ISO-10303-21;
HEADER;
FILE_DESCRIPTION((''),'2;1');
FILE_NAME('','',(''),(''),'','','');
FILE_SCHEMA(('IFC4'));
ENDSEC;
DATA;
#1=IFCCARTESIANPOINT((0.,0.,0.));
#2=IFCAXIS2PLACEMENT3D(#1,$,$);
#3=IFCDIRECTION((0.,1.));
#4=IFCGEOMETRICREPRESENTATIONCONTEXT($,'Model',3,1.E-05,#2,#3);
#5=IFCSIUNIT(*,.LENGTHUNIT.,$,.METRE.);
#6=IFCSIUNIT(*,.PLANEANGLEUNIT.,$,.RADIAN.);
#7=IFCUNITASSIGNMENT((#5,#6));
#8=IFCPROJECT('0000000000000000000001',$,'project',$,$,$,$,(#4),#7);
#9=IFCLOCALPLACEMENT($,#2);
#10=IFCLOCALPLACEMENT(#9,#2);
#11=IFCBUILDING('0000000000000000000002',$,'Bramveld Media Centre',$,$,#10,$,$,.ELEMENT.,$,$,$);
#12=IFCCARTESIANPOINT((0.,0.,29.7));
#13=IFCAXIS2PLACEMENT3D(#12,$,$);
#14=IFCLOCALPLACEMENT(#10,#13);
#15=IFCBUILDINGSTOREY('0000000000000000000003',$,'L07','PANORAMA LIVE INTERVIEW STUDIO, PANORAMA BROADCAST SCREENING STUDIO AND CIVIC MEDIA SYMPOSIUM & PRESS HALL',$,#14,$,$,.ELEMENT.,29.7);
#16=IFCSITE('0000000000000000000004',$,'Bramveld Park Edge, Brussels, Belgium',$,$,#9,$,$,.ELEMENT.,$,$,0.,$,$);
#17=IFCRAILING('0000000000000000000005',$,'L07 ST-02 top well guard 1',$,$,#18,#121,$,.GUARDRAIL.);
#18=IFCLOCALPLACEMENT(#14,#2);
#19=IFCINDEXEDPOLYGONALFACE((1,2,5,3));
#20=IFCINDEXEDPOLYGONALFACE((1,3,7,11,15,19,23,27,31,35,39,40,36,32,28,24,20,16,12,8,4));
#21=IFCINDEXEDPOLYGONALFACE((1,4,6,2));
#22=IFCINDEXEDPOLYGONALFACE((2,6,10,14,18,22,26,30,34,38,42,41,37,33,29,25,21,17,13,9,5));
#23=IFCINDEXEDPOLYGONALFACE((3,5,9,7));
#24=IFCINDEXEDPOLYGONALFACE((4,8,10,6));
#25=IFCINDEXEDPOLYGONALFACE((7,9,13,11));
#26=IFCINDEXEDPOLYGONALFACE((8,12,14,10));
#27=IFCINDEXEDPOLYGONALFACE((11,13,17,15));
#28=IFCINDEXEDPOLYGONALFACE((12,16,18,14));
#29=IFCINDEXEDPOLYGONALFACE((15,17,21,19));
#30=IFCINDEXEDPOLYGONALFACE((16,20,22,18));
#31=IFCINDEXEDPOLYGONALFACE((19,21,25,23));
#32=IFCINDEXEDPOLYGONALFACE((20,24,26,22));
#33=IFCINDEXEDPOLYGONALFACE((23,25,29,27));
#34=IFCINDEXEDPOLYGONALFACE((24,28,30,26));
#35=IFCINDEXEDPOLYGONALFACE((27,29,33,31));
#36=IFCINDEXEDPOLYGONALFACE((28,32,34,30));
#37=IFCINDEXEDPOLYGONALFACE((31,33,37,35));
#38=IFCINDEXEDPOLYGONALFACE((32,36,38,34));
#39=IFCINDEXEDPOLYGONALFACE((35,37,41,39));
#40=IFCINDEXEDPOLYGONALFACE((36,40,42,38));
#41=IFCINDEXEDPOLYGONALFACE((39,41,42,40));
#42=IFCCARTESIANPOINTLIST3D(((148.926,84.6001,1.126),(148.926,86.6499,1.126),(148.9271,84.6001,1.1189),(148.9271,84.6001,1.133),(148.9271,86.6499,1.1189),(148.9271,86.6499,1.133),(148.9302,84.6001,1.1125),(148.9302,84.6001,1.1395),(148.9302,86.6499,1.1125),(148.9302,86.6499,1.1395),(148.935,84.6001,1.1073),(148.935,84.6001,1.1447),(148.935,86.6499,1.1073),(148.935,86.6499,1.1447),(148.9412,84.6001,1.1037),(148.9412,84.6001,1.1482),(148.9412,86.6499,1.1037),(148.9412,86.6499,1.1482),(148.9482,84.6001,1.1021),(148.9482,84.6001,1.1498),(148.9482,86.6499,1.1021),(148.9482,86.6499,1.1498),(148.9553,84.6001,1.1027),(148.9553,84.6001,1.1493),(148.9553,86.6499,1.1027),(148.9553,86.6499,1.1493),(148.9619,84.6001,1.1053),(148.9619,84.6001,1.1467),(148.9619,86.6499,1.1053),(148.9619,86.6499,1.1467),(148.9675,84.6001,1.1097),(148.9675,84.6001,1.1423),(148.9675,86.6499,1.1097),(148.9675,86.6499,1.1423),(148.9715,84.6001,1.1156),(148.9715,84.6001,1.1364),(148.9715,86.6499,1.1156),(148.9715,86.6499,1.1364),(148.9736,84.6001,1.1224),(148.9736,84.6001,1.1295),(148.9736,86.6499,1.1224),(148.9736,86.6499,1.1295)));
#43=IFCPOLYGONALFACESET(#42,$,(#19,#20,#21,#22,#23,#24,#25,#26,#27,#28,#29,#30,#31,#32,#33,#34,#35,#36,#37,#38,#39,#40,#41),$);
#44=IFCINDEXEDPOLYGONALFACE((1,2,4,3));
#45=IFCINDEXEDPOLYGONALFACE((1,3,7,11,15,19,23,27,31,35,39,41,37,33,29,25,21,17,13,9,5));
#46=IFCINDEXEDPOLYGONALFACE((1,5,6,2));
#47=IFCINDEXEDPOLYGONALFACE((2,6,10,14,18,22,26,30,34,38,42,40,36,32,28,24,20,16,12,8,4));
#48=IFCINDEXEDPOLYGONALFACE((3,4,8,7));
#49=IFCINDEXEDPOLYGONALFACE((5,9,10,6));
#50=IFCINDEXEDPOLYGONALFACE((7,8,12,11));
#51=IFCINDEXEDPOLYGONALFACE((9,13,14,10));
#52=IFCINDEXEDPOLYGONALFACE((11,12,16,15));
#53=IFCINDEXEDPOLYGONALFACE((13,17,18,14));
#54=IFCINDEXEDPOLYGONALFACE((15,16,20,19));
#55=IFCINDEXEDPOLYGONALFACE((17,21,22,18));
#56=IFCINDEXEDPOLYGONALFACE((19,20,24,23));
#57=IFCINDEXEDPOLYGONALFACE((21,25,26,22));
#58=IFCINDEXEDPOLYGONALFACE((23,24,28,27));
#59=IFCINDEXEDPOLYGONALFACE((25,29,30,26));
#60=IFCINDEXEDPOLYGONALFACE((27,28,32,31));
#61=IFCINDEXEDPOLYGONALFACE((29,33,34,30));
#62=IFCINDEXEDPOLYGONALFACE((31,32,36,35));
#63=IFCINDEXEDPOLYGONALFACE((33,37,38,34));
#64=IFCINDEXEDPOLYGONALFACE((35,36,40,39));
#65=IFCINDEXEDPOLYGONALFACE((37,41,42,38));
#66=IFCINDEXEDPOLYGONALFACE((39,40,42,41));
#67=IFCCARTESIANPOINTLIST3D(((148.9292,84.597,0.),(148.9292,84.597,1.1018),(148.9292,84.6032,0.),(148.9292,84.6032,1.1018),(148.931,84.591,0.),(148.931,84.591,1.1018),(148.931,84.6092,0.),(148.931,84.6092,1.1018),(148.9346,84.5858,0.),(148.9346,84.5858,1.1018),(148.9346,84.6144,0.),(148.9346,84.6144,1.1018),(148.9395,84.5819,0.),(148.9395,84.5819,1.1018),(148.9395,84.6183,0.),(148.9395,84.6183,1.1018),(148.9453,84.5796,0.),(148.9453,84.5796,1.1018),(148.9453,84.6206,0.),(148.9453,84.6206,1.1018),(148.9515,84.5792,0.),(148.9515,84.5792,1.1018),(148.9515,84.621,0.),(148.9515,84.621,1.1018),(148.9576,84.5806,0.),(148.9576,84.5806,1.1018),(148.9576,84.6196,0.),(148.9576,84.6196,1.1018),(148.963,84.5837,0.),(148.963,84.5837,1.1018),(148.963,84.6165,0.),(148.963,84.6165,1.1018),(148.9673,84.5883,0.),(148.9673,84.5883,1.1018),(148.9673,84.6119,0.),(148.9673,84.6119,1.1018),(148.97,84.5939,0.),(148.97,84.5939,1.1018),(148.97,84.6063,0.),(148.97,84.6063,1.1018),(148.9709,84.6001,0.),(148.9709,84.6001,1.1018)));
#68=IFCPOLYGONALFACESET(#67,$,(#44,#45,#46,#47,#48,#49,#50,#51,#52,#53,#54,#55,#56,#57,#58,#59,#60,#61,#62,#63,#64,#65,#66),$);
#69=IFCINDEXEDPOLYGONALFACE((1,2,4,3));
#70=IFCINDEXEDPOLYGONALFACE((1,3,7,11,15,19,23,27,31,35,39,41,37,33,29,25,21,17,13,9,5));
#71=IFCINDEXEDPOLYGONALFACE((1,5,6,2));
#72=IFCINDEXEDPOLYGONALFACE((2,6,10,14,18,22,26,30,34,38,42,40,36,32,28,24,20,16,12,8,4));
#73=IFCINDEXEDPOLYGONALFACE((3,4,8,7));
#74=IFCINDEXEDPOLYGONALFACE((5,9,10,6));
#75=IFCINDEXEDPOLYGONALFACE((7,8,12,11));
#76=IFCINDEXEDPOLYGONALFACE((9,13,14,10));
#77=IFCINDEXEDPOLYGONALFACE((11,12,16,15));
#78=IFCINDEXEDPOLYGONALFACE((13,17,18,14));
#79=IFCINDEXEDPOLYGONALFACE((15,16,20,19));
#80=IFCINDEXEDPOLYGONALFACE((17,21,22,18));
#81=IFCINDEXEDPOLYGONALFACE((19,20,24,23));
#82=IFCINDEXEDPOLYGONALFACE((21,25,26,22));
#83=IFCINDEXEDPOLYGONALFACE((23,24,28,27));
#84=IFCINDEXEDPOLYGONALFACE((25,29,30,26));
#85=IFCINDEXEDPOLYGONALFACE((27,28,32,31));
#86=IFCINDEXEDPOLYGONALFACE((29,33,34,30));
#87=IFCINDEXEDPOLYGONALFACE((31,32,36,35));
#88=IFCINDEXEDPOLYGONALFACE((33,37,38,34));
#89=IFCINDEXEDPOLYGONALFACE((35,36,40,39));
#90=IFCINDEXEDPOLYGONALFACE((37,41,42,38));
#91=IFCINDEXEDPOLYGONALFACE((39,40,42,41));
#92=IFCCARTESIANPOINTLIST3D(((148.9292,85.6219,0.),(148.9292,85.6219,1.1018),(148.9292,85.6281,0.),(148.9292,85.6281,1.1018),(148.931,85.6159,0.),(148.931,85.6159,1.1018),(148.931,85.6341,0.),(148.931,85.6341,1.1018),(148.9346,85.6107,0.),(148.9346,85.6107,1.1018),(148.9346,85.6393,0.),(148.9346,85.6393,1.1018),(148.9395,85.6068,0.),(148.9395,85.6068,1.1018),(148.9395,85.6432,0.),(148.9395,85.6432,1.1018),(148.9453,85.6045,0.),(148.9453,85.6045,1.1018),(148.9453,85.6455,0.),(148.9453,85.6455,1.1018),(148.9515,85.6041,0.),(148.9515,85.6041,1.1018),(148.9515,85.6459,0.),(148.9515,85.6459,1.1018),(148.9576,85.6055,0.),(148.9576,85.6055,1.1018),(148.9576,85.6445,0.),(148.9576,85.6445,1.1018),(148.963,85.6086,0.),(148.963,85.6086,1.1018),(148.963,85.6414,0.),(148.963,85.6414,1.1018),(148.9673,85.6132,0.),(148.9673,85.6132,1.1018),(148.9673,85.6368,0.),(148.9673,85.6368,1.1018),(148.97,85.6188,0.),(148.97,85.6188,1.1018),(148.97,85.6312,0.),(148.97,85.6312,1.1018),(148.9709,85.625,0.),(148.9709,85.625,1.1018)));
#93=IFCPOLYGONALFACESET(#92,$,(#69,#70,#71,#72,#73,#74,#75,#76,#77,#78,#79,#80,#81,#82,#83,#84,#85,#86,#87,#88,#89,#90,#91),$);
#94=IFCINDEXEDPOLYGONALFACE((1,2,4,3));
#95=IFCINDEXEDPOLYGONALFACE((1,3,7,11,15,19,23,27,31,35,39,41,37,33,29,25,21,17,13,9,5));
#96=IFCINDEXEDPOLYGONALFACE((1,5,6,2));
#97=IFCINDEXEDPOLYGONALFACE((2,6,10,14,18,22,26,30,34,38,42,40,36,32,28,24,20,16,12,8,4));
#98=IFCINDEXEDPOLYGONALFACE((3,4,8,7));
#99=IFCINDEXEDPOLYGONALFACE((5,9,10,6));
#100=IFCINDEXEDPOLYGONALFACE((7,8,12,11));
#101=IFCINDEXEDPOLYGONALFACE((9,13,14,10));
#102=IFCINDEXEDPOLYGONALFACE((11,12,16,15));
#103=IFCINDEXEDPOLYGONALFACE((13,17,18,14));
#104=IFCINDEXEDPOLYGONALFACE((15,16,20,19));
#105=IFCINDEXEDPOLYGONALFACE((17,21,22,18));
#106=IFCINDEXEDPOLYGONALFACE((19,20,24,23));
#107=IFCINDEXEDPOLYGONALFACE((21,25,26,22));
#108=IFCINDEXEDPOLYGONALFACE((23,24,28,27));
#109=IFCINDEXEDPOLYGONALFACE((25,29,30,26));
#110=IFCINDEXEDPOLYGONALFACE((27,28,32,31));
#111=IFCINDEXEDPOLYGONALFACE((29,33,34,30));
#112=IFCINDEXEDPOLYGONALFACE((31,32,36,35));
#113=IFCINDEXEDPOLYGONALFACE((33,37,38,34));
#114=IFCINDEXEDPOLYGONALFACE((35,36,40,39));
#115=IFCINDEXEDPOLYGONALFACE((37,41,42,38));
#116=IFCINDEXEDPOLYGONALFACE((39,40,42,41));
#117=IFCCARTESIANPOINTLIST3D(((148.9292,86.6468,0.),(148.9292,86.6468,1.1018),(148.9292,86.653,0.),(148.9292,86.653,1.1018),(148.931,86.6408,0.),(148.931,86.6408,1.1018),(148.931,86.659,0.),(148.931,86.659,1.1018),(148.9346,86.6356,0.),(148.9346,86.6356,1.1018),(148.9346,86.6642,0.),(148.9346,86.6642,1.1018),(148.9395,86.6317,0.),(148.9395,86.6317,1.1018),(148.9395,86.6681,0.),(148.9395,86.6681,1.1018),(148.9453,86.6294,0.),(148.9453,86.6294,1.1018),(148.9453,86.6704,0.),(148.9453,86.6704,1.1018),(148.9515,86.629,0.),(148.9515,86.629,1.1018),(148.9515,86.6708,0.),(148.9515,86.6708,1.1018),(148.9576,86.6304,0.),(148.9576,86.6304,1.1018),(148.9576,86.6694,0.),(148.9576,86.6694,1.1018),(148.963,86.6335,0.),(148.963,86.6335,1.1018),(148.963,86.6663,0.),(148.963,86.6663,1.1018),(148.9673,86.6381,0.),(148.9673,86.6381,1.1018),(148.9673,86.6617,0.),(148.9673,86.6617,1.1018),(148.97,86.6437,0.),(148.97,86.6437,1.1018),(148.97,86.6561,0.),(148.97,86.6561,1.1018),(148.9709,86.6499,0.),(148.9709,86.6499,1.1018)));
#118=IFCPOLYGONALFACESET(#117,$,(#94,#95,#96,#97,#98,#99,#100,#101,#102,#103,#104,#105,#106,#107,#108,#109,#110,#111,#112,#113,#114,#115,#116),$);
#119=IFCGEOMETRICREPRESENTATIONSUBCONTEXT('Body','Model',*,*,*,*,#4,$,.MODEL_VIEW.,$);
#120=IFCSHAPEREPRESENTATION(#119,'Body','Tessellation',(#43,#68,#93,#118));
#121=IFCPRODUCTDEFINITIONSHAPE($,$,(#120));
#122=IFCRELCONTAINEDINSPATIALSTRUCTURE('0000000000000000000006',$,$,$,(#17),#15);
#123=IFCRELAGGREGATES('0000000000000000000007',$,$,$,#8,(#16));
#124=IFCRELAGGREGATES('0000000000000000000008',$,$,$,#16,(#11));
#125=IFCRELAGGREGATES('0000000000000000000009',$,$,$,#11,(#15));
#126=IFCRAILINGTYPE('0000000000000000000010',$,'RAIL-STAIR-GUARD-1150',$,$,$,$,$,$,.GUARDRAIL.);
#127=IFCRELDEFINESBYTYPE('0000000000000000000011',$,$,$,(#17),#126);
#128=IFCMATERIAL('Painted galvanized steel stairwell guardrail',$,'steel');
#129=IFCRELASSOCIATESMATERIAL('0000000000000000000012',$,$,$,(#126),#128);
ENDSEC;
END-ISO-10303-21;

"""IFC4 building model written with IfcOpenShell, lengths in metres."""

from ifc_helpers import new_model, si_unit, direction, frame, origin, origin_2d, place, context, subcontext, project, spatial, circle, extrude, material, type_object, element, save


model = new_model("IFC4")

# Units and contexts
model_context = context("Model", 3, precision=1e-05, world=origin(), true_north=direction((0.0, 1.0)))
body_context = subcontext(model_context, "Body", "Model", "MODEL_VIEW")
ifc_project = project(units=[si_unit("LENGTHUNIT", "METRE"), si_unit("PLANEANGLEUNIT", "RADIAN")], contexts=[model_context])

# Site, building, storey
site_placement = place(None, origin())
site = spatial("IfcSite", under=ifc_project, at=site_placement, Name="Bramveld Park Edge, Brussels, Belgium", CompositionType="ELEMENT", RefElevation=0.0)
building_placement = place(site_placement, origin())
building = spatial("IfcBuilding", under=site, at=building_placement, Name="Bramveld Media Centre", CompositionType="ELEMENT")
storey_placement = place(building_placement, frame((0.0, 0.0, 29.7)))
storey = spatial("IfcBuildingStorey", under=building, at=storey_placement, Name="L07", Description="PANORAMA LIVE INTERVIEW STUDIO, PANORAMA BROADCAST SCREENING STUDIO AND CIVIC MEDIA SYMPOSIUM & PRESS HALL", CompositionType="ELEMENT", Elevation=29.7)

# Railing
ifc_material_1 = material(Name="Painted galvanized steel stairwell guardrail", Category="steel")
railing_type = type_object("IfcRailingType", Name="RAIL-STAIR-GUARD-1150", PredefinedType="GUARDRAIL", material=ifc_material_1)
railing_placement = place(storey_placement, frame((148.95, 84.6001, 0.0)))
element("IfcRailing", 1, at=railing_placement, inside=storey, type_object=railing_type, Name="L07 ST-02 top well guard 1", PredefinedType="GUARDRAIL", context=body_context, shape_type="SweptSolid", body=[
    extrude(circle(Radius=0.0239, at=origin_2d()), frame((0.0, 0.0, 1.126), z_axis=(0.0, 1.0, 0.0), x_axis=(-1.0, 0.0, 0.0)), (0.0, 0.0, 1.0), 2.0498),
    extrude(circle(Radius=0.021, at=origin_2d()), origin(), (0.0, 0.0, 1.0), 1.1018),
    extrude(circle(Radius=0.021, at=origin_2d()), frame((0.0, 1.0249, 0.0)), (0.0, 0.0, 1.0), 1.1018),
    extrude(circle(Radius=0.021, at=origin_2d()), frame((0.0, 2.0498, 0.0)), (0.0, 0.0, 1.0), 1.1018),
])

save(model, "model.ifc")
